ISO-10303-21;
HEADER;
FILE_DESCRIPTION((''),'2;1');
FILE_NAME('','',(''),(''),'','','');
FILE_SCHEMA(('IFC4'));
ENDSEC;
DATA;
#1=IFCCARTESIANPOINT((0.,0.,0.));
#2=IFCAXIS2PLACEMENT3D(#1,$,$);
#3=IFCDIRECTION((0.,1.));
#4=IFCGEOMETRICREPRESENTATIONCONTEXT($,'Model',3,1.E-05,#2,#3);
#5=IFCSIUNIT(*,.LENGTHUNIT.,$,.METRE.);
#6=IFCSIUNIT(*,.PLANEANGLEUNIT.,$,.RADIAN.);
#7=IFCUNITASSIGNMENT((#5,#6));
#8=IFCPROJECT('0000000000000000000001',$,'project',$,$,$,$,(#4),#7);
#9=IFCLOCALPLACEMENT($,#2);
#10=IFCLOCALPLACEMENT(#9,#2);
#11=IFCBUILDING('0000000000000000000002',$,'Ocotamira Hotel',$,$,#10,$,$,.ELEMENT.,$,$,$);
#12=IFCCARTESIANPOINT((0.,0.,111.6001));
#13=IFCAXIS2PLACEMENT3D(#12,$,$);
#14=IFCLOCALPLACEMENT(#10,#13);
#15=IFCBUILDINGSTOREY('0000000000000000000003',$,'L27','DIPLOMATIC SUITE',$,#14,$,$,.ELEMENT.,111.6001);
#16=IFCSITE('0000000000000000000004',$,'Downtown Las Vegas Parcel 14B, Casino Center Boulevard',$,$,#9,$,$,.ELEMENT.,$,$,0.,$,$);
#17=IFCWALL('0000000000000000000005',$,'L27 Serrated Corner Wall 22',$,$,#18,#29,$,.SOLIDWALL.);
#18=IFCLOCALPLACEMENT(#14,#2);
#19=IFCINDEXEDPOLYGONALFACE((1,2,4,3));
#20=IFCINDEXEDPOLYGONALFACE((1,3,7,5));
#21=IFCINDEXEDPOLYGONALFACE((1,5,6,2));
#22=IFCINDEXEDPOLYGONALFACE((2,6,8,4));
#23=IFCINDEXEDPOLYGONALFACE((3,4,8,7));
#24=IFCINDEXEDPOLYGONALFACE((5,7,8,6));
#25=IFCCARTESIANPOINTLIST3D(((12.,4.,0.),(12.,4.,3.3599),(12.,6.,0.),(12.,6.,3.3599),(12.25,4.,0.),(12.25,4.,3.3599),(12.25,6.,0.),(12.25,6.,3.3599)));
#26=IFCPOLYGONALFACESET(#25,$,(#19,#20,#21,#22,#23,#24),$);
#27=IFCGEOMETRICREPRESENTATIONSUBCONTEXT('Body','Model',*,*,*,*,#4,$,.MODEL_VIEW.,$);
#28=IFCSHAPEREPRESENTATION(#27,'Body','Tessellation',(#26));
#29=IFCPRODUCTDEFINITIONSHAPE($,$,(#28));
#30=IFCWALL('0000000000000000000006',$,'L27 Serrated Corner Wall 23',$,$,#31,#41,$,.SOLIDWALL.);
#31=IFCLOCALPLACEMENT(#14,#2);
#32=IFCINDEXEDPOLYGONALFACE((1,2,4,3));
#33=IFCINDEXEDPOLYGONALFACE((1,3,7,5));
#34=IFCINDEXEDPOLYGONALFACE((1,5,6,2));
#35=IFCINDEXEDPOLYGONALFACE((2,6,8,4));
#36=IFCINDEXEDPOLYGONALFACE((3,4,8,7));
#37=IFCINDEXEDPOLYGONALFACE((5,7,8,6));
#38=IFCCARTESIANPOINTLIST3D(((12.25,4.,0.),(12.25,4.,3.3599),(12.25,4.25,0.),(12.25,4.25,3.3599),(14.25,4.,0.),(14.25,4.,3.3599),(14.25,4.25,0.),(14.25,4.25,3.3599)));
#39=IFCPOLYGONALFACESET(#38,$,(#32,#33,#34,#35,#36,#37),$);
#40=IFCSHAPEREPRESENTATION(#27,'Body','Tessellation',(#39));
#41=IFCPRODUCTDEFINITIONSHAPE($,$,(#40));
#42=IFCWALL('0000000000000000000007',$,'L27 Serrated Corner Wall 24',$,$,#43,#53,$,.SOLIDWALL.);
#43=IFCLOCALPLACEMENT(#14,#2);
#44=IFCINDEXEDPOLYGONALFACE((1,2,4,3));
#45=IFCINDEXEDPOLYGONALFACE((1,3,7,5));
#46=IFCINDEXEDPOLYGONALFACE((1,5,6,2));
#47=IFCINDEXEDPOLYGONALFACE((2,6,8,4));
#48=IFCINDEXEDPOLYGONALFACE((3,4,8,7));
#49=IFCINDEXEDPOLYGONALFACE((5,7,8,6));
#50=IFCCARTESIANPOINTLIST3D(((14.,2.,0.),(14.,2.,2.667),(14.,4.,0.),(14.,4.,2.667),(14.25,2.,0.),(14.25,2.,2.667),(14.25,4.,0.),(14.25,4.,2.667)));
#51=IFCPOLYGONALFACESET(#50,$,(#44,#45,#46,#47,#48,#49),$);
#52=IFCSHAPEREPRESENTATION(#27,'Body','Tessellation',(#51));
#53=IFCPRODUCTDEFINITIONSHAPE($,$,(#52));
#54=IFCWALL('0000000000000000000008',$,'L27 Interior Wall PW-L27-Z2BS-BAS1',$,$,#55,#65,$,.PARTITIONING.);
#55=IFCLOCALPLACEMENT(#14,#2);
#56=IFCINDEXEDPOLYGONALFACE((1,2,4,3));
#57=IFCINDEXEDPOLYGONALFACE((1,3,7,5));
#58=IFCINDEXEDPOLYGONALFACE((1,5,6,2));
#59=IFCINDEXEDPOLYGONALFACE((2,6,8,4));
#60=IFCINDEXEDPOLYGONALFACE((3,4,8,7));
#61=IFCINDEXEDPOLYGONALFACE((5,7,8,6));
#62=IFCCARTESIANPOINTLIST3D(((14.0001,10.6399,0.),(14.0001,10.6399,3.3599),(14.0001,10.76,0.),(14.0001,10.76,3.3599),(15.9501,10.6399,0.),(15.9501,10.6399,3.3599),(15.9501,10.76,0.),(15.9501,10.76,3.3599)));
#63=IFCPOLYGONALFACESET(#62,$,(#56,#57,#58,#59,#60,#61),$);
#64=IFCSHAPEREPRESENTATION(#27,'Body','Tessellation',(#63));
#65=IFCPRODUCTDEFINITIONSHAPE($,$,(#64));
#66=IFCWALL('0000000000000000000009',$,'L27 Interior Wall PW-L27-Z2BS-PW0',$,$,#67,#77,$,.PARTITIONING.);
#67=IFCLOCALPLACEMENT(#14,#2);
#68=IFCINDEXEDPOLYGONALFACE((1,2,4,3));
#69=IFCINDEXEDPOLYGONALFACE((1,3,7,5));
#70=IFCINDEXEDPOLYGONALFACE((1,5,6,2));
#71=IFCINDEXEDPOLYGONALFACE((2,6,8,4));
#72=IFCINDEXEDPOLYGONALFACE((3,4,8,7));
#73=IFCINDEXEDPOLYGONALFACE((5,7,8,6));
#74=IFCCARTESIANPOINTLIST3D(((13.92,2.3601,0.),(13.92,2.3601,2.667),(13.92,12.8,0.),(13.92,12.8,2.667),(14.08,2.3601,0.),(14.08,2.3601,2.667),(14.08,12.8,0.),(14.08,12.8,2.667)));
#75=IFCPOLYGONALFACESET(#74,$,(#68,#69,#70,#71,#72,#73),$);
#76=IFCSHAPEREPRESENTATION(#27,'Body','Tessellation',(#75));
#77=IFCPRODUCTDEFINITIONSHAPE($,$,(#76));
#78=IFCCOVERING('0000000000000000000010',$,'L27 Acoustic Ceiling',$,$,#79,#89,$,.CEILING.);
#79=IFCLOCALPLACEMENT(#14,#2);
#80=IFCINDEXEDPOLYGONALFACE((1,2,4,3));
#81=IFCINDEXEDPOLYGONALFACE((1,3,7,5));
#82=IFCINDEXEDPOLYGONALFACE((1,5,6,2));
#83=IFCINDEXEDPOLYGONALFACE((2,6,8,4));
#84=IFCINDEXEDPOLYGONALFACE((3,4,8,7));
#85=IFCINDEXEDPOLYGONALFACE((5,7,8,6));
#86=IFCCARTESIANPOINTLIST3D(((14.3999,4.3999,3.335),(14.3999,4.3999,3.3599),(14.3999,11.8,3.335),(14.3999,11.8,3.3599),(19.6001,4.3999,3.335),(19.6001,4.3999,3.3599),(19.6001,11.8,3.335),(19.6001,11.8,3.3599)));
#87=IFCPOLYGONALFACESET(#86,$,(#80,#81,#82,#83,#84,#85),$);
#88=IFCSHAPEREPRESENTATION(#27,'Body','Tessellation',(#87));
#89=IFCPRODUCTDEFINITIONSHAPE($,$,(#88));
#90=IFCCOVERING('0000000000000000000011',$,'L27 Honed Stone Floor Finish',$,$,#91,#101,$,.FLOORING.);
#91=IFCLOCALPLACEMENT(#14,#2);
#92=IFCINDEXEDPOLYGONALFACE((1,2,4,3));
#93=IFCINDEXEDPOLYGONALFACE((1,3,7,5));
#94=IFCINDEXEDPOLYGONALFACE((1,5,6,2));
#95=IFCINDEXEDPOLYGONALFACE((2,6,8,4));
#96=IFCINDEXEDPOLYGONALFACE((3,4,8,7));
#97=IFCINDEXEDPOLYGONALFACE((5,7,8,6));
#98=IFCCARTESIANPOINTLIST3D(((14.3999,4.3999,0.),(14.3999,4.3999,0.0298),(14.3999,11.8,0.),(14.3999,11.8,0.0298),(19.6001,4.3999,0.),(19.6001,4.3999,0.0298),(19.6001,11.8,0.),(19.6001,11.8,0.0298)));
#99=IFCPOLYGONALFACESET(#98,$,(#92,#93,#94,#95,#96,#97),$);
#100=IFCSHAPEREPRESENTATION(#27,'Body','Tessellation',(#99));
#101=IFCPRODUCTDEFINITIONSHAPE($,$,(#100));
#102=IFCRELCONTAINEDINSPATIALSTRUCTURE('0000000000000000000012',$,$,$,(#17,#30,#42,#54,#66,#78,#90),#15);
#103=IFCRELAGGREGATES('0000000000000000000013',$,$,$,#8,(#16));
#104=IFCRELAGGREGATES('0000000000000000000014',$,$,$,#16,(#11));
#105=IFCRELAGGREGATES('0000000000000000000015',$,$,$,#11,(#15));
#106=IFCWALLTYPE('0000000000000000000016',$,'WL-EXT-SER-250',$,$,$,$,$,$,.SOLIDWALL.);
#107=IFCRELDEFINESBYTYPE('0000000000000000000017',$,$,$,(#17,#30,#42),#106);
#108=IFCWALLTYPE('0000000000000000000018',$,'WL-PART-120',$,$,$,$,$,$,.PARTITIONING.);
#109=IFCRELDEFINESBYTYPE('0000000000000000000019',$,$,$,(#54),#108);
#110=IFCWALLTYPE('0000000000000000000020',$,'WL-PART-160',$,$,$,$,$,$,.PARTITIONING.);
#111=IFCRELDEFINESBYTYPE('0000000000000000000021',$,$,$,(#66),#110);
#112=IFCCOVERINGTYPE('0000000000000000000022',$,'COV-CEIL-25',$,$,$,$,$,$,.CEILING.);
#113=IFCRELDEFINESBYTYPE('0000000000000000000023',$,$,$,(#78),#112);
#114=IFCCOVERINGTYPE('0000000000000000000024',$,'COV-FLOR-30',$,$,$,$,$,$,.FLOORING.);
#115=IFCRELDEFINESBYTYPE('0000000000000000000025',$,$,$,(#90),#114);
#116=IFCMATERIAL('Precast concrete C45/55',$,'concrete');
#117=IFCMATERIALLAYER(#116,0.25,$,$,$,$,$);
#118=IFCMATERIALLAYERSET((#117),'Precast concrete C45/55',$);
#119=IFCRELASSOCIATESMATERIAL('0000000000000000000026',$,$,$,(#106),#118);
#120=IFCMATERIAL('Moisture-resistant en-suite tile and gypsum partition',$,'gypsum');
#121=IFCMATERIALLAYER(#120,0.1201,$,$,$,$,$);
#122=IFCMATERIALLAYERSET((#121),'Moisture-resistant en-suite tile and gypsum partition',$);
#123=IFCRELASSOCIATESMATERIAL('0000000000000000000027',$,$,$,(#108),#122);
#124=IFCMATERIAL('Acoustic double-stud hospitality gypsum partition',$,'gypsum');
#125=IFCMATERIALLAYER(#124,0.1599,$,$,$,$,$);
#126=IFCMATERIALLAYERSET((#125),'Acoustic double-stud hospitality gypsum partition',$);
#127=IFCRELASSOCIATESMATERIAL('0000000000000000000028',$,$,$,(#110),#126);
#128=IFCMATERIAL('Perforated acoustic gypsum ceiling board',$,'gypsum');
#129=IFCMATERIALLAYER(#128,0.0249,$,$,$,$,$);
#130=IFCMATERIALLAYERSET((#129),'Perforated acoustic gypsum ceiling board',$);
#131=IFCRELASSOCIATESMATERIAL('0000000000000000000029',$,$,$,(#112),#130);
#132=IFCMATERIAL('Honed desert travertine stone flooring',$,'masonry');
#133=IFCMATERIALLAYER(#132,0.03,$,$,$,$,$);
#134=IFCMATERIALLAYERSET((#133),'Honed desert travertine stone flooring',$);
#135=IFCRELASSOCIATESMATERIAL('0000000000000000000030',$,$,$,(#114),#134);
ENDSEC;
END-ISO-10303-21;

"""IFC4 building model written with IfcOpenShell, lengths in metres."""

from ifc_helpers import new_model, si_unit, direction, frame, frame_2d, origin, place, context, subcontext, project, spatial, polyline, rectangle, outline, extrude, material, layer, layer_set, type_object, element, save


model = new_model("IFC4")

# Units and contexts
model_context = context("Model", 3, precision=1e-05, world=origin(), true_north=direction((0.0, 1.0)))
body_context = subcontext(model_context, "Body", "Model", "MODEL_VIEW")
ifc_project = project(units=[si_unit("LENGTHUNIT", "METRE"), si_unit("PLANEANGLEUNIT", "RADIAN")], contexts=[model_context])

# Site, building, storey
site_placement = place(None, origin())
site = spatial("IfcSite", under=ifc_project, at=site_placement, Name="Downtown Las Vegas Parcel 14B, Casino Center Boulevard", CompositionType="ELEMENT", RefElevation=0.0)
building_placement = place(site_placement, origin())
building = spatial("IfcBuilding", under=site, at=building_placement, Name="Ocotamira Hotel", CompositionType="ELEMENT")
storey_placement = place(building_placement, frame((0.0, 0.0, 111.6001)))
storey = spatial("IfcBuildingStorey", under=building, at=storey_placement, Name="L27", Description="DIPLOMATIC SUITE", CompositionType="ELEMENT", Elevation=111.6001)

# Walls
ifc_material_1 = material(Name="Precast concrete C45/55", Category="concrete")
ifc_layer_1 = layer(ifc_material_1, 0.25)
ifc_layer_set_1 = layer_set([ifc_layer_1], Name="Precast concrete C45/55")
wall_type_1 = type_object("IfcWallType", Name="WL-EXT-SER-250", PredefinedType="SOLIDWALL", material=ifc_layer_set_1)
for number, where, z_axis, x_axis, name in (
    (1, (12.125, 6.0, 0.0), (0.0, 0.0, 1.0), (0.0, -1.0, 0.0), "L27 Serrated Corner Wall 22"),
    (2, (12.25, 4.125, 0.0), (0.0, 0.0, 1.0), (1.0, 0.0, 0.0), "L27 Serrated Corner Wall 23"),
):
    element("IfcWall", number, at=place(storey_placement, frame(where, z_axis=z_axis, x_axis=x_axis)), inside=storey, type_object=wall_type_1, Name=name, PredefinedType="SOLIDWALL", context=body_context, shape_type="SweptSolid", body=[
        extrude(rectangle(XDim=2.0, YDim=0.25, at=frame_2d((1.0, 0.0))), origin(), (0.0, 0.0, 1.0), 3.3599),
    ])
wall_1_placement = place(storey_placement, frame((14.125, 4.0, 0.0), z_axis=(0.0, 0.0, 1.0), x_axis=(0.0, -1.0, 0.0)))
element("IfcWall", 3, at=wall_1_placement, inside=storey, type_object=wall_type_1, Name="L27 Serrated Corner Wall 24", PredefinedType="SOLIDWALL", context=body_context, shape_type="SweptSolid", body=[
    extrude(rectangle(XDim=2.0, YDim=0.25, at=frame_2d((1.0, 0.0))), origin(), (0.0, 0.0, 1.0), 2.667),
])

# Walls
ifc_material_2 = material(Name="Moisture-resistant en-suite tile and gypsum partition", Category="gypsum")
ifc_layer_2 = layer(ifc_material_2, 0.1201)
ifc_layer_set_2 = layer_set([ifc_layer_2], Name="Moisture-resistant en-suite tile and gypsum partition")
wall_type_2 = type_object("IfcWallType", Name="WL-PART-120", PredefinedType="PARTITIONING", material=ifc_layer_set_2)
wall_2_placement = place(storey_placement, frame((14.0, 10.7, 0.0), z_axis=(0.0, 0.0, 1.0), x_axis=(1.0, 0.0, 0.0)))
element("IfcWall", 4, at=wall_2_placement, inside=storey, type_object=wall_type_2, Name="L27 Interior Wall PW-L27-Z2BS-BAS1", PredefinedType="PARTITIONING", context=body_context, shape_type="SweptSolid", body=[
    extrude(rectangle(XDim=1.95, YDim=0.1201, at=frame_2d((0.9751, 0.0))), origin(), (0.0, 0.0, 1.0), 3.3599),
])
ifc_material_3 = material(Name="Acoustic double-stud hospitality gypsum partition", Category="gypsum")
ifc_layer_3 = layer(ifc_material_3, 0.1599)
ifc_layer_set_3 = layer_set([ifc_layer_3], Name="Acoustic double-stud hospitality gypsum partition")
wall_type_3 = type_object("IfcWallType", Name="WL-PART-160", PredefinedType="PARTITIONING", material=ifc_layer_set_3)
wall_3_placement = place(storey_placement, frame((14.0, 2.3601, 0.0), z_axis=(0.0, 0.0, 1.0), x_axis=(0.0, 1.0, 0.0)))
element("IfcWall", 5, at=wall_3_placement, inside=storey, type_object=wall_type_3, Name="L27 Interior Wall PW-L27-Z2BS-PW0", PredefinedType="PARTITIONING", context=body_context, shape_type="SweptSolid", body=[
    extrude(rectangle(XDim=10.4399, YDim=0.1599, at=frame_2d((5.22, 0.0))), origin(), (0.0, 0.0, 1.0), 2.667),
])

# Coverings
ifc_material_4 = material(Name="Perforated acoustic gypsum ceiling board", Category="gypsum")
ifc_layer_4 = layer(ifc_material_4, 0.0249)
ifc_layer_set_4 = layer_set([ifc_layer_4], Name="Perforated acoustic gypsum ceiling board")
covering_type_1 = type_object("IfcCoveringType", Name="COV-CEIL-25", PredefinedType="CEILING", material=ifc_layer_set_4)
covering_1_placement = place(storey_placement, frame((0.0, 0.0, 3.335)))
element("IfcCovering", 6, at=covering_1_placement, inside=storey, type_object=covering_type_1, Name="L27 Acoustic Ceiling", PredefinedType="CEILING", context=body_context, shape_type="SweptSolid", body=[
    extrude(outline(polyline([(14.3999, 4.3999), (19.6001, 4.3999), (19.6001, 11.8), (14.3999, 11.8), (14.3999, 4.3999)])), origin(), (0.0, 0.0, 1.0), 0.0249),
])
ifc_material_5 = material(Name="Honed desert travertine stone flooring", Category="masonry")
ifc_layer_5 = layer(ifc_material_5, 0.03)
ifc_layer_set_5 = layer_set([ifc_layer_5], Name="Honed desert travertine stone flooring")
covering_type_2 = type_object("IfcCoveringType", Name="COV-FLOR-30", PredefinedType="FLOORING", material=ifc_layer_set_5)
covering_2_placement = place(storey_placement, origin())
element("IfcCovering", 7, at=covering_2_placement, inside=storey, type_object=covering_type_2, Name="L27 Honed Stone Floor Finish", PredefinedType="FLOORING", context=body_context, shape_type="SweptSolid", body=[
    extrude(outline(polyline([(14.3999, 4.3999), (19.6001, 4.3999), (19.6001, 11.8), (14.3999, 11.8), (14.3999, 4.3999)])), origin(), (0.0, 0.0, 1.0), 0.0298),
])

save(model, "model.ifc")
